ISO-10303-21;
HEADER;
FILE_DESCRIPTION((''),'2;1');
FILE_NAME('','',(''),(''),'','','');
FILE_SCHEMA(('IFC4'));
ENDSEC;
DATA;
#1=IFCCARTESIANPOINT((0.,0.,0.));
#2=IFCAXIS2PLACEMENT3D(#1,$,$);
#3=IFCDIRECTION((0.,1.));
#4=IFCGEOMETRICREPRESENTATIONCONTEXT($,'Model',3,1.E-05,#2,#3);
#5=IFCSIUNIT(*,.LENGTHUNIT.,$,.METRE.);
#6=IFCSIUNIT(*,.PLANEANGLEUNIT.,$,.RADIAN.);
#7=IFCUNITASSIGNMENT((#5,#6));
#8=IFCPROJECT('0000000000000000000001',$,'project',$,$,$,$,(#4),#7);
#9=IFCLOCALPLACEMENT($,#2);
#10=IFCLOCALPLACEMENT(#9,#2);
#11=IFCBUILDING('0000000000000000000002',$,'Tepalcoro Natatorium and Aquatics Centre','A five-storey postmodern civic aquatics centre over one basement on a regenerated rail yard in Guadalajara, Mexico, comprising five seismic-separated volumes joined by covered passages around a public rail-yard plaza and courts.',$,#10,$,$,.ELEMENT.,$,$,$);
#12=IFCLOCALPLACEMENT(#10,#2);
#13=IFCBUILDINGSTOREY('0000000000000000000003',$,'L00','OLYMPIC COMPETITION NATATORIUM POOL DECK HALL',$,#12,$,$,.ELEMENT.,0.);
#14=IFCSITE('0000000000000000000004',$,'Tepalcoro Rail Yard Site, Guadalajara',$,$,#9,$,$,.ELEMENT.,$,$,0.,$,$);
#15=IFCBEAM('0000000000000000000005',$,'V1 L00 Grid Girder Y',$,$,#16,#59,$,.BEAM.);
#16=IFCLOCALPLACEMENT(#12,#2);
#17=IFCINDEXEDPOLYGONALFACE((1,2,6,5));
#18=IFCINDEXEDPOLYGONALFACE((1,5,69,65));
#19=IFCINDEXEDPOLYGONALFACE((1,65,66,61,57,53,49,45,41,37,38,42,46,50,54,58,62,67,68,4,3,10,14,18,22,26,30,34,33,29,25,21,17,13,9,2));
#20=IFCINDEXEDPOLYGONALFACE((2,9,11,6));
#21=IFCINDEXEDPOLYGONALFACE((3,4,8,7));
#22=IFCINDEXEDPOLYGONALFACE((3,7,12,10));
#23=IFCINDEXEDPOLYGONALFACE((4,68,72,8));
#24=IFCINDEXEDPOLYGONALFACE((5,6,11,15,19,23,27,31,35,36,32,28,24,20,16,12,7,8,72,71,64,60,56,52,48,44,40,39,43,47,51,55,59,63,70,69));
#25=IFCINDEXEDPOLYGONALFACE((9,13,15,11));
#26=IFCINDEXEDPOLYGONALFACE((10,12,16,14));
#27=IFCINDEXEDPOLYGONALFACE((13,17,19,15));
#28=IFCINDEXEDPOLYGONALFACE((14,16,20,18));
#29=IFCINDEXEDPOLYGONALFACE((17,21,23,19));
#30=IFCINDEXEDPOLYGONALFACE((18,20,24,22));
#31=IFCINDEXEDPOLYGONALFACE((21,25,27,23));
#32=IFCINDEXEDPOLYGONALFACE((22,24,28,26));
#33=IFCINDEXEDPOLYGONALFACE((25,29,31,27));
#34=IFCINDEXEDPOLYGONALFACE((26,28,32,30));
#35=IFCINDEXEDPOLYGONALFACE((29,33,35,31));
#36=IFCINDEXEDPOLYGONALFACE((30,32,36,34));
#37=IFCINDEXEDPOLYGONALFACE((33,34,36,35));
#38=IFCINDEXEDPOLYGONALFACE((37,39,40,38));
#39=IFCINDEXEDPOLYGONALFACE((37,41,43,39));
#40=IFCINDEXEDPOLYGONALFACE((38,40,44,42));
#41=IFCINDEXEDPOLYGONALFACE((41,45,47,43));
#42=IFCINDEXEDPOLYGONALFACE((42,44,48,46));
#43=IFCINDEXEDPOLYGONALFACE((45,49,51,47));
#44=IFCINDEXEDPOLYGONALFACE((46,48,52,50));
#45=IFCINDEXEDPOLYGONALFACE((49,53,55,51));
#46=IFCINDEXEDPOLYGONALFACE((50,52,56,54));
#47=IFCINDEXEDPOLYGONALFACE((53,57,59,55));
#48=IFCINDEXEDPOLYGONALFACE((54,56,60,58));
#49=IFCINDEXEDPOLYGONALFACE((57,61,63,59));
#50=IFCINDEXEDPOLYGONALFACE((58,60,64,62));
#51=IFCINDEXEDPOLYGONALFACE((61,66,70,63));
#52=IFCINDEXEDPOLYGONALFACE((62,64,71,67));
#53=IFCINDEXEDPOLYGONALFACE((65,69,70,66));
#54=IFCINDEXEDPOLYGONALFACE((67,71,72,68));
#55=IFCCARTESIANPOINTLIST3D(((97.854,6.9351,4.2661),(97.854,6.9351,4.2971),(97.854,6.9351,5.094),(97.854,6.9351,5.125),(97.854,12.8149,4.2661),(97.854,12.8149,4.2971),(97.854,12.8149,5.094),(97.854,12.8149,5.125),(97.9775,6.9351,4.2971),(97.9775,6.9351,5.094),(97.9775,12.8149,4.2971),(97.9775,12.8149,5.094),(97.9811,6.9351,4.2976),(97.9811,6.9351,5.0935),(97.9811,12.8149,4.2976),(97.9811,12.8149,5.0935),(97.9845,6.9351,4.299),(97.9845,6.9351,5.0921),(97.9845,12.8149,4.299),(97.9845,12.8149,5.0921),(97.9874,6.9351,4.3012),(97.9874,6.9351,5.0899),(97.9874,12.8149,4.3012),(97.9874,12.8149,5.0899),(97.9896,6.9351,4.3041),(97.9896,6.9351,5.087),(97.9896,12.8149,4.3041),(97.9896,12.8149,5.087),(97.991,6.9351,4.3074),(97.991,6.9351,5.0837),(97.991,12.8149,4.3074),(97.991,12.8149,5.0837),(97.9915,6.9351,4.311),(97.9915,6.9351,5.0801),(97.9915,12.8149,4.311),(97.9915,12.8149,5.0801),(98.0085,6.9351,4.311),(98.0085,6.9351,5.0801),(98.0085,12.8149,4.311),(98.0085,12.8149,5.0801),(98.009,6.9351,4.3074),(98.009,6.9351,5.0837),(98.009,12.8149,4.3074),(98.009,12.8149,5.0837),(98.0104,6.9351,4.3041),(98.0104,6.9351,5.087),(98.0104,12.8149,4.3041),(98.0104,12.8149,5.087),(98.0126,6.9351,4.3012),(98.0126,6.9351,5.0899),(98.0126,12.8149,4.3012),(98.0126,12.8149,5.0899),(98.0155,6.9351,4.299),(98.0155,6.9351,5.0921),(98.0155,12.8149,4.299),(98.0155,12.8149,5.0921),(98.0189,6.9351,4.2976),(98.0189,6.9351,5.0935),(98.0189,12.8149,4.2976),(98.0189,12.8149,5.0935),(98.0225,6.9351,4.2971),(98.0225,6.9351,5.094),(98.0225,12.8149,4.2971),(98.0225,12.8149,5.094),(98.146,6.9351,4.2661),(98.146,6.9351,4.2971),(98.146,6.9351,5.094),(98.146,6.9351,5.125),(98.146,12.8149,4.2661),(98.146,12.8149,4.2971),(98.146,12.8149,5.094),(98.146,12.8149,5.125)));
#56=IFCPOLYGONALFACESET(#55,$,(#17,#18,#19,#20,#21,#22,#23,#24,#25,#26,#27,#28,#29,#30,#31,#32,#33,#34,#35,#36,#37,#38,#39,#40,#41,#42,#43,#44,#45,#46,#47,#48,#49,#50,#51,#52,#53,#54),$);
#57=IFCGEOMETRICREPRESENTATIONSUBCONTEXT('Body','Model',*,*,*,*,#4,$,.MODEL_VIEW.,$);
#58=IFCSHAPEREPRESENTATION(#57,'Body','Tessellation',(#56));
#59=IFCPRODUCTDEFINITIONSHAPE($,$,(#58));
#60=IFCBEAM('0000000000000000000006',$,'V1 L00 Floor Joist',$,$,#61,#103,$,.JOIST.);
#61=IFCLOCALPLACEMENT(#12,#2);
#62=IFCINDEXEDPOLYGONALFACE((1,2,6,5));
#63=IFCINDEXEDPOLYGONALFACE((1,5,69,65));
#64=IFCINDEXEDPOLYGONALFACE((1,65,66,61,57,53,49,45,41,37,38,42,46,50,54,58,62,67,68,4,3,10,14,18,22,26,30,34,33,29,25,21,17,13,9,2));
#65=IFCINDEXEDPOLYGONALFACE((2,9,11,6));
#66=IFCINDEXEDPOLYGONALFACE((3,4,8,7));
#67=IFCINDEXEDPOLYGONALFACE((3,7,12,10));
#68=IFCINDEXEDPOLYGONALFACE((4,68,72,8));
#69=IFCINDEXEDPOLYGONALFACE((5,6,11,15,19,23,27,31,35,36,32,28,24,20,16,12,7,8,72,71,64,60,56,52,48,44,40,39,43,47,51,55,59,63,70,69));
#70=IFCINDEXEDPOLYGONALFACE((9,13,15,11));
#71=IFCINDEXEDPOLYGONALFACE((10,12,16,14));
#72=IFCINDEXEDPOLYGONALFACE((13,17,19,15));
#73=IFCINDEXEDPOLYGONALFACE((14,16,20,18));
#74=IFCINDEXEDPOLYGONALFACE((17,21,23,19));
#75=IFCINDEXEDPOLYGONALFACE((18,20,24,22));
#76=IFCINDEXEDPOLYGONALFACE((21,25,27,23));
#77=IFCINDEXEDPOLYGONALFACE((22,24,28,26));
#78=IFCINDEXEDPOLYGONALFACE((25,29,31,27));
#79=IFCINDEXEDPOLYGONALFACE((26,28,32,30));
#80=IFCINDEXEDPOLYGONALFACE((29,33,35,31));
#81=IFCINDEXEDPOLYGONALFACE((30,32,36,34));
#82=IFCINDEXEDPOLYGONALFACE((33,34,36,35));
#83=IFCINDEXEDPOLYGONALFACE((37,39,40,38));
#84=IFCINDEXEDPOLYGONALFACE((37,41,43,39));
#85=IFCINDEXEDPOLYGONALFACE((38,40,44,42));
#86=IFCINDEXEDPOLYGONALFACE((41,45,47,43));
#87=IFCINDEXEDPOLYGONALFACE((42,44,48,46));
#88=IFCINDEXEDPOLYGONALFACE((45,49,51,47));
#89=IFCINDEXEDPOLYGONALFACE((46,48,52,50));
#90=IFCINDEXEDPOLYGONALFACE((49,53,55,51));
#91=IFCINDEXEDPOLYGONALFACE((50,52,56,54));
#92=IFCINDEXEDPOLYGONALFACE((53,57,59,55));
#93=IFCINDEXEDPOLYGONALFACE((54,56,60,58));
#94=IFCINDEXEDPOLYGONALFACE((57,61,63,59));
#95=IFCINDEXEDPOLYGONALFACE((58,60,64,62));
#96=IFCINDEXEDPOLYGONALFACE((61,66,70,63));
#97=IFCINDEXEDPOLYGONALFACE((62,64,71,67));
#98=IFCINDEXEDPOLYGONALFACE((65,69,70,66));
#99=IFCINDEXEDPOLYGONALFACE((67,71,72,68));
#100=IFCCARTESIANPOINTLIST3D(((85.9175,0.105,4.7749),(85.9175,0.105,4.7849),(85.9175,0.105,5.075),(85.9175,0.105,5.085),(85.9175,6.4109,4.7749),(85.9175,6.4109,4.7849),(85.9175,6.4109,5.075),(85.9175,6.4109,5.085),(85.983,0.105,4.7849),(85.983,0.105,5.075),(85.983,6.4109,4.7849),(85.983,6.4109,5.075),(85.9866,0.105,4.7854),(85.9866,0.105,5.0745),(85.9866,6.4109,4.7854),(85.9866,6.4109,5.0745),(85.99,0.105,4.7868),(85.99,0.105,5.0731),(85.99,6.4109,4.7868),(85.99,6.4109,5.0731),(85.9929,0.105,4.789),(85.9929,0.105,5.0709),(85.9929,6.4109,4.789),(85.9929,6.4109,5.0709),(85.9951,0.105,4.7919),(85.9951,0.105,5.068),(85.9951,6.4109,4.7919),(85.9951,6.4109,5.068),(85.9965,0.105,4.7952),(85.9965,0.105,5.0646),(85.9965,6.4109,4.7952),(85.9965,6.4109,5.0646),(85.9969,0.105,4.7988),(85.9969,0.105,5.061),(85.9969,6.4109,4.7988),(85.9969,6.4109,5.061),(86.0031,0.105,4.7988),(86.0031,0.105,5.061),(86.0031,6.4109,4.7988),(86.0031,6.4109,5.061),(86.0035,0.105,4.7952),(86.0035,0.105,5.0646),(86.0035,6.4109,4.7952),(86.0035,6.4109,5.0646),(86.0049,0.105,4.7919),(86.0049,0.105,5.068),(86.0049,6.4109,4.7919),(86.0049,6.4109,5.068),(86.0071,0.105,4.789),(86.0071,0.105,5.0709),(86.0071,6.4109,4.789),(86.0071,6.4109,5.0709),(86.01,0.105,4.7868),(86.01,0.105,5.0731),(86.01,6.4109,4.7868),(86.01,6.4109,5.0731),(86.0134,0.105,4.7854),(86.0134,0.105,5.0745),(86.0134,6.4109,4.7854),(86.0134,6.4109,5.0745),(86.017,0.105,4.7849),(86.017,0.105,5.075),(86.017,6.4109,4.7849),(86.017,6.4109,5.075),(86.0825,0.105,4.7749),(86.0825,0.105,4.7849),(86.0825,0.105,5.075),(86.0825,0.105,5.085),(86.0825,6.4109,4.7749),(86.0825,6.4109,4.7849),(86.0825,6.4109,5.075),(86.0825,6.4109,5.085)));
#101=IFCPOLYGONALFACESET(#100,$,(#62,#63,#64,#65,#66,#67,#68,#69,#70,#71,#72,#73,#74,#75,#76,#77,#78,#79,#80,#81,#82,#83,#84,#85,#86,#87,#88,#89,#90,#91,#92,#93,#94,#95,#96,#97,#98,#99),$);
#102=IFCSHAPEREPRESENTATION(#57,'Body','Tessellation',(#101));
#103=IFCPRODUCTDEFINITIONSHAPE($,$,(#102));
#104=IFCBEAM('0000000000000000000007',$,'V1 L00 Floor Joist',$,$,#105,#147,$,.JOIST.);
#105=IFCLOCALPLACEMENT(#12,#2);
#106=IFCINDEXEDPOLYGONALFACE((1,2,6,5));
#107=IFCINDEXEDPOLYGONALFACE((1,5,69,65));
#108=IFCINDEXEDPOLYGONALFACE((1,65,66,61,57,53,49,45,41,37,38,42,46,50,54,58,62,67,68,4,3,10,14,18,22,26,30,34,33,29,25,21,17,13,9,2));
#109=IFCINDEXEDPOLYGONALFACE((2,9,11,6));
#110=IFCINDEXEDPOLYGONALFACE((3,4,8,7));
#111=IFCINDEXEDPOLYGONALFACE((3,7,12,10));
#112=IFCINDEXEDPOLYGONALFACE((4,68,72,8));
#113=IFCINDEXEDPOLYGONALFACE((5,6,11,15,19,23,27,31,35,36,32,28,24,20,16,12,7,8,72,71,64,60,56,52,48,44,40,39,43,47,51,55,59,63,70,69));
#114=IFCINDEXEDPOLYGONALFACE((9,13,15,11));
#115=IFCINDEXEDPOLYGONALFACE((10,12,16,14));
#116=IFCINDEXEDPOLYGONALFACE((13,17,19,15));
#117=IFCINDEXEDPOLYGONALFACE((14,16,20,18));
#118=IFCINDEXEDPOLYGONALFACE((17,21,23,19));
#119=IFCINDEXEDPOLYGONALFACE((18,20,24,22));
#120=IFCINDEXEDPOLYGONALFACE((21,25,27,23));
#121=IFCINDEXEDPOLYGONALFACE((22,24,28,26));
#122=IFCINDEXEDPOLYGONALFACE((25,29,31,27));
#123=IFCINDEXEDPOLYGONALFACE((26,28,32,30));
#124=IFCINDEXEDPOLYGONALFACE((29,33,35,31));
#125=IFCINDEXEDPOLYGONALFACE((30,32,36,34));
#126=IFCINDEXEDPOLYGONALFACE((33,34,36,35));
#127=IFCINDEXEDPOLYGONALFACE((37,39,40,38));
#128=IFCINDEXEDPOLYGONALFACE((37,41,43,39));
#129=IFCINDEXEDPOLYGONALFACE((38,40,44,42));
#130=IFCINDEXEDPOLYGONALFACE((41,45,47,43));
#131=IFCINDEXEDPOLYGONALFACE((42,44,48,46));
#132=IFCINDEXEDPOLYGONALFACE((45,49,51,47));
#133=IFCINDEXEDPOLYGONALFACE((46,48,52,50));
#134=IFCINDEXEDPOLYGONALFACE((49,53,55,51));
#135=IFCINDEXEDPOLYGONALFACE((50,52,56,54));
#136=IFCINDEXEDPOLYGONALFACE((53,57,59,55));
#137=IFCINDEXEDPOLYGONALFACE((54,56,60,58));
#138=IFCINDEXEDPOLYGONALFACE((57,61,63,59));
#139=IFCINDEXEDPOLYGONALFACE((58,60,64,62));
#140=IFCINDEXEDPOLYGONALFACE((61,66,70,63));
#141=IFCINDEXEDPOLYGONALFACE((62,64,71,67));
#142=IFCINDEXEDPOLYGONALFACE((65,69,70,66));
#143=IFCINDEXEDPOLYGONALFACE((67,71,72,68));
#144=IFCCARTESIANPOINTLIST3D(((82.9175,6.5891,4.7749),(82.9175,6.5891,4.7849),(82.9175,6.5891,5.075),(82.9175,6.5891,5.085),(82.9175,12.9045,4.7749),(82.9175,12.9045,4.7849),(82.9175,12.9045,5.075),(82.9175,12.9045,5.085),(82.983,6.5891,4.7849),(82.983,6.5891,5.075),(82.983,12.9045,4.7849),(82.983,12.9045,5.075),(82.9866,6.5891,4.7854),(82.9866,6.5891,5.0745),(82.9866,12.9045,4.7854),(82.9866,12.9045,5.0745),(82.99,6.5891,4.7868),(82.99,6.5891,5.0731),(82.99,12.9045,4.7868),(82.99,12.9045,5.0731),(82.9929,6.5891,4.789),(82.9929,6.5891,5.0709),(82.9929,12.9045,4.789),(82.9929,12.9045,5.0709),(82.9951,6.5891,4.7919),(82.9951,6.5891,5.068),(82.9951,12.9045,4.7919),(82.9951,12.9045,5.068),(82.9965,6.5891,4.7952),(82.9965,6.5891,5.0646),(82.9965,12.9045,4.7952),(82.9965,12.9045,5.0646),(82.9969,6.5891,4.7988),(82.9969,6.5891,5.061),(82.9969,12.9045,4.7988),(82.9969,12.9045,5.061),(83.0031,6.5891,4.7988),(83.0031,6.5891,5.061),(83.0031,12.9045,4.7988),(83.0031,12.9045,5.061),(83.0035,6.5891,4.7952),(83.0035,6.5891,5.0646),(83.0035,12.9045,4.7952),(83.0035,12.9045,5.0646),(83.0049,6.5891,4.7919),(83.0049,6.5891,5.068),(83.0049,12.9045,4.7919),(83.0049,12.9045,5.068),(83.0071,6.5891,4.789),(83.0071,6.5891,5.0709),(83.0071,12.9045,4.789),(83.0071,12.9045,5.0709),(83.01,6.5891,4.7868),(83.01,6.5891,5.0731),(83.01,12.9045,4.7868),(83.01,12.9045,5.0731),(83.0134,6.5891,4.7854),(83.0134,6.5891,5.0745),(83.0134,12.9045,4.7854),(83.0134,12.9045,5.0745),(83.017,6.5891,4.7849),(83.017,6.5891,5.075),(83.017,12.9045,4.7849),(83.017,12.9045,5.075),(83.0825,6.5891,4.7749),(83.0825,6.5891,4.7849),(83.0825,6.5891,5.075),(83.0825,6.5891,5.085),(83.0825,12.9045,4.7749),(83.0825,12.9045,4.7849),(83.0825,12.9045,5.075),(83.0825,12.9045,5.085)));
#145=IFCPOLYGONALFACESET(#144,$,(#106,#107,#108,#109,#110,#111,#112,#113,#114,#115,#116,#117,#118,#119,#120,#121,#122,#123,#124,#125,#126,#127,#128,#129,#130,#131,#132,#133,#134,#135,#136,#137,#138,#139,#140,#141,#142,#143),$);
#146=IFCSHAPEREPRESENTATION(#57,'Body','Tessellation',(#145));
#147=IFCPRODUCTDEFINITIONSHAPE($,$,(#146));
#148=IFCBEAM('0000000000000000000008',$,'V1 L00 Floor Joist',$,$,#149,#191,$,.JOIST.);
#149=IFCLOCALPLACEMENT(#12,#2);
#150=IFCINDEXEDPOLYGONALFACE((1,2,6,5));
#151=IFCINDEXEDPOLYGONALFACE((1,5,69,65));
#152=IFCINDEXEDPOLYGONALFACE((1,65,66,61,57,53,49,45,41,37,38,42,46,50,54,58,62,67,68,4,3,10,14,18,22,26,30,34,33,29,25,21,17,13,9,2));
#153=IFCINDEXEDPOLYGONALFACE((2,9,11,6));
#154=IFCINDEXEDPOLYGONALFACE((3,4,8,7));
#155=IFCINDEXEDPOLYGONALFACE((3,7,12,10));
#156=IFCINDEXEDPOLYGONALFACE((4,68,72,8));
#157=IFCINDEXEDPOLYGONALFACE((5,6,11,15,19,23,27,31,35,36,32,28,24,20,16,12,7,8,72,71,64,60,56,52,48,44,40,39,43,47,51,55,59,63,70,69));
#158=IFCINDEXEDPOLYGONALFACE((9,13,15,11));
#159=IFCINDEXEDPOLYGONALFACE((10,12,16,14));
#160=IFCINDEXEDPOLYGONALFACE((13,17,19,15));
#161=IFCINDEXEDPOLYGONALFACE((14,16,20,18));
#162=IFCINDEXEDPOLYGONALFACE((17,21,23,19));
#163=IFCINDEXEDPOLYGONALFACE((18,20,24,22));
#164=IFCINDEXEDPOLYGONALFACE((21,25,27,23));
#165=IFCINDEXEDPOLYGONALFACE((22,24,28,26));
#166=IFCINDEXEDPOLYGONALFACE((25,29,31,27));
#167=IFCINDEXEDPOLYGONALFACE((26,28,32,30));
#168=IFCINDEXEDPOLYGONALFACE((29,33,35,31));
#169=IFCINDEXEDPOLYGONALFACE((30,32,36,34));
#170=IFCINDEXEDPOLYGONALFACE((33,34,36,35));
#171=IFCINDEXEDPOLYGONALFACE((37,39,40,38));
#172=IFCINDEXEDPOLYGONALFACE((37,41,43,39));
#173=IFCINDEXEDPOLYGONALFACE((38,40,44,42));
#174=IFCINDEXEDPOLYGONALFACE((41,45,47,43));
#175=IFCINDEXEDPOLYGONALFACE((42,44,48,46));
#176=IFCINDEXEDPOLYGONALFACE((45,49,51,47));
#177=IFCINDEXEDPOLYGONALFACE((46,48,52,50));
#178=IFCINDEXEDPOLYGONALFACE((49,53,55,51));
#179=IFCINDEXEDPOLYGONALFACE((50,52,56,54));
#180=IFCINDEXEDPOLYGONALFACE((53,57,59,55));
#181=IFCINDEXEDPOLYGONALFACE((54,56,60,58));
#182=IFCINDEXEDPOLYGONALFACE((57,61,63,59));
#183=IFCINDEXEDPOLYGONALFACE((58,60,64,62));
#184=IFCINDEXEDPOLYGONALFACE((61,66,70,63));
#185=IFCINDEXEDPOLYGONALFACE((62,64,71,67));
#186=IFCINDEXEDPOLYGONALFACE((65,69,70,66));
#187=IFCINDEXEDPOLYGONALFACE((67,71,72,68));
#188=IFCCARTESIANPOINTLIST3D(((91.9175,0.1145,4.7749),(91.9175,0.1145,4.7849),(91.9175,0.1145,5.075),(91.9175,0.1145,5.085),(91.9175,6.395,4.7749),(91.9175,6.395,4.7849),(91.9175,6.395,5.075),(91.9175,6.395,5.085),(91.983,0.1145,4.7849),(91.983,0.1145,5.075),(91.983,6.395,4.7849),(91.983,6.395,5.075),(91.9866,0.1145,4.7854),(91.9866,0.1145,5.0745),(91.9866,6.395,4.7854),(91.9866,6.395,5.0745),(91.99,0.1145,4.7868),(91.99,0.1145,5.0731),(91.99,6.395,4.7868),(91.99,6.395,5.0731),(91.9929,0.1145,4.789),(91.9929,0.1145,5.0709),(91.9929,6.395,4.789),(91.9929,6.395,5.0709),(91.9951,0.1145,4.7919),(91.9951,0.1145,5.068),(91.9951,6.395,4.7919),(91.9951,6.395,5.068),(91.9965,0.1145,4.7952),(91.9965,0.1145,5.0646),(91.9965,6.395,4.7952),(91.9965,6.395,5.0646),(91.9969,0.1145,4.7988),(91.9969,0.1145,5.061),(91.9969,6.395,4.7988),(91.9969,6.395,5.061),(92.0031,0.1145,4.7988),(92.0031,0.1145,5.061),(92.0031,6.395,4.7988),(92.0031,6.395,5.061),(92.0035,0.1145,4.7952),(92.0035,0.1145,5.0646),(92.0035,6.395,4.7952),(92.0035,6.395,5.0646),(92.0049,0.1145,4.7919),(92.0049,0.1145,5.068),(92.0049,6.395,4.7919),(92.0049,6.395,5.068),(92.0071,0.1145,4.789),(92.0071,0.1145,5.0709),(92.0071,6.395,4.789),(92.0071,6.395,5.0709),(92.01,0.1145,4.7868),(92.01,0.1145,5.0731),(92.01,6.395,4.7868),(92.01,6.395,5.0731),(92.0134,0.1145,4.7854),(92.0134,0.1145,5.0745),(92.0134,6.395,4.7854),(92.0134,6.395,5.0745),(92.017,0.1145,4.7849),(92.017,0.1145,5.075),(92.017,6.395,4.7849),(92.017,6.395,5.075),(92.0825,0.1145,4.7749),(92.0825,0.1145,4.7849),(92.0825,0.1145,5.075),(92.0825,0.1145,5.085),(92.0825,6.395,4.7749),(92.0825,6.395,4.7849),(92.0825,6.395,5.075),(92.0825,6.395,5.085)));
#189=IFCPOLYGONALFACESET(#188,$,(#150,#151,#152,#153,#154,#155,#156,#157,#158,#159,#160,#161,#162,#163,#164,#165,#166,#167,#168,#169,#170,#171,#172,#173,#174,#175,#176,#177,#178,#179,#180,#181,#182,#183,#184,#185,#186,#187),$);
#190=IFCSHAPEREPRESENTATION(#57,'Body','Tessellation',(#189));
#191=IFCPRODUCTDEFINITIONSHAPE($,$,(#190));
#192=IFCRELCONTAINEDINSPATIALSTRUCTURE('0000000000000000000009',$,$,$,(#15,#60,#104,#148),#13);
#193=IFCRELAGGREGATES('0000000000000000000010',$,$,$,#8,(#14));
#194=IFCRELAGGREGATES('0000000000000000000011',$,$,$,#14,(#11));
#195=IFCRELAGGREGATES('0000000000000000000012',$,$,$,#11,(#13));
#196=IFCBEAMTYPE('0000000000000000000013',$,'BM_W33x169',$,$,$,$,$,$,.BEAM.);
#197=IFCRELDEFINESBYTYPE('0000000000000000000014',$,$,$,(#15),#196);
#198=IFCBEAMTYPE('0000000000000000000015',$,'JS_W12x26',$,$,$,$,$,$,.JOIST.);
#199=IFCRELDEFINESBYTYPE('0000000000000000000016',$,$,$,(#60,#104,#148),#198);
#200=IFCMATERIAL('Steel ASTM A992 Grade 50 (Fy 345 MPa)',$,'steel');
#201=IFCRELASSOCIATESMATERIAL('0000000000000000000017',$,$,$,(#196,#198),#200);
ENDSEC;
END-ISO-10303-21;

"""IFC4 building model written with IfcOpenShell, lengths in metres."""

from ifc_helpers import new_model, si_unit, direction, frame, origin, origin_2d, place, context, subcontext, project, spatial, i_section, extrude, material, material_profile, profile_set, type_object, element, save


model = new_model("IFC4")

# Units and contexts
model_context = context("Model", 3, precision=1e-05, world=origin(), true_north=direction((0.0, 1.0)))
body_context = subcontext(model_context, "Body", "Model", "MODEL_VIEW")
ifc_project = project(units=[si_unit("LENGTHUNIT", "METRE"), si_unit("PLANEANGLEUNIT", "RADIAN")], contexts=[model_context])

# Site, building, storey
site_placement = place(None, origin())
site = spatial("IfcSite", under=ifc_project, at=site_placement, Name="Tepalcoro Rail Yard Site, Guadalajara", CompositionType="ELEMENT", RefElevation=0.0)
building_placement = place(site_placement, origin())
building = spatial("IfcBuilding", under=site, at=building_placement, Name="Tepalcoro Natatorium and Aquatics Centre", Description="A five-storey postmodern civic aquatics centre over one basement on a regenerated rail yard in Guadalajara, Mexico, comprising five seismic-separated volumes joined by covered passages around a public rail-yard plaza and courts.", CompositionType="ELEMENT")
storey_placement = place(building_placement, origin())
storey = spatial("IfcBuildingStorey", under=building, at=storey_placement, Name="L00", Description="OLYMPIC COMPETITION NATATORIUM POOL DECK HALL", CompositionType="ELEMENT", Elevation=0.0)

# Beams
ifc_material_1 = material(Name="Steel ASTM A992 Grade 50 (Fy 345 MPa)", Category="steel")
ifc_material_profile_1 = material_profile(ifc_material_1, i_section(OverallWidth=0.292, OverallDepth=0.8589, WebThickness=0.0171, FlangeThickness=0.031, FilletRadius=0.0139, at=origin_2d()), Name="W33X169")
ifc_profile_set_1 = profile_set([ifc_material_profile_1], Name="Steel ASTM A992 Grade 50 (Fy 345 MPa)")
beam_type_1 = type_object("IfcBeamType", Name="BM_W33x169", PredefinedType="BEAM", material=ifc_profile_set_1)
beam_1_placement = place(storey_placement, frame((98.0, 6.9351, 4.6956), z_axis=(0.0, 1.0, 0.0), x_axis=(-1.0, 0.0, 0.0)))
element("IfcBeam", 1, at=beam_1_placement, inside=storey, type_object=beam_type_1, Name="V1 L00 Grid Girder Y", PredefinedType="BEAM", context=body_context, shape_type="SweptSolid", body=[
    extrude(i_section(OverallWidth=0.292, OverallDepth=0.8589, WebThickness=0.0171, FlangeThickness=0.031, FilletRadius=0.0139, at=origin_2d()), origin(), (0.0, 0.0, 1.0), 5.8799),
])
ifc_material_profile_2 = material_profile(ifc_material_1, i_section(OverallWidth=0.165, OverallDepth=0.3101, WebThickness=0.0061, FlangeThickness=0.01, FilletRadius=0.0139, at=origin_2d()), Name="W12X26")
ifc_profile_set_2 = profile_set([ifc_material_profile_2], Name="Steel ASTM A992 Grade 50 (Fy 345 MPa)")
beam_type_2 = type_object("IfcBeamType", Name="JS_W12x26", PredefinedType="JOIST", material=ifc_profile_set_2)
beam_2_placement = place(storey_placement, frame((86.0, 0.105, 4.9299), z_axis=(0.0, 1.0, 0.0), x_axis=(-1.0, 0.0, 0.0)))
element("IfcBeam", 2, at=beam_2_placement, inside=storey, type_object=beam_type_2, Name="V1 L00 Floor Joist", PredefinedType="JOIST", context=body_context, shape_type="SweptSolid", body=[
    extrude(i_section(OverallWidth=0.165, OverallDepth=0.3101, WebThickness=0.0061, FlangeThickness=0.01, FilletRadius=0.0139, at=origin_2d()), origin(), (0.0, 0.0, 1.0), 6.3059),
])
beam_3_placement = place(storey_placement, frame((83.0, 6.5891, 4.9299), z_axis=(0.0, 1.0, 0.0), x_axis=(-1.0, 0.0, 0.0)))
element("IfcBeam", 3, at=beam_3_placement, inside=storey, type_object=beam_type_2, Name="V1 L00 Floor Joist", PredefinedType="JOIST", context=body_context, shape_type="SweptSolid", body=[
    extrude(i_section(OverallWidth=0.165, OverallDepth=0.3101, WebThickness=0.0061, FlangeThickness=0.01, FilletRadius=0.0139, at=origin_2d()), origin(), (0.0, 0.0, 1.0), 6.3154),
])
beam_4_placement = place(storey_placement, frame((92.0, 0.1145, 4.9299), z_axis=(0.0, 1.0, 0.0), x_axis=(-1.0, 0.0, 0.0)))
element("IfcBeam", 4, at=beam_4_placement, inside=storey, type_object=beam_type_2, Name="V1 L00 Floor Joist", PredefinedType="JOIST", context=body_context, shape_type="SweptSolid", body=[
    extrude(i_section(OverallWidth=0.165, OverallDepth=0.3101, WebThickness=0.0061, FlangeThickness=0.01, FilletRadius=0.0139, at=origin_2d()), origin(), (0.0, 0.0, 1.0), 6.2805),
])

save(model, "model.ifc")
